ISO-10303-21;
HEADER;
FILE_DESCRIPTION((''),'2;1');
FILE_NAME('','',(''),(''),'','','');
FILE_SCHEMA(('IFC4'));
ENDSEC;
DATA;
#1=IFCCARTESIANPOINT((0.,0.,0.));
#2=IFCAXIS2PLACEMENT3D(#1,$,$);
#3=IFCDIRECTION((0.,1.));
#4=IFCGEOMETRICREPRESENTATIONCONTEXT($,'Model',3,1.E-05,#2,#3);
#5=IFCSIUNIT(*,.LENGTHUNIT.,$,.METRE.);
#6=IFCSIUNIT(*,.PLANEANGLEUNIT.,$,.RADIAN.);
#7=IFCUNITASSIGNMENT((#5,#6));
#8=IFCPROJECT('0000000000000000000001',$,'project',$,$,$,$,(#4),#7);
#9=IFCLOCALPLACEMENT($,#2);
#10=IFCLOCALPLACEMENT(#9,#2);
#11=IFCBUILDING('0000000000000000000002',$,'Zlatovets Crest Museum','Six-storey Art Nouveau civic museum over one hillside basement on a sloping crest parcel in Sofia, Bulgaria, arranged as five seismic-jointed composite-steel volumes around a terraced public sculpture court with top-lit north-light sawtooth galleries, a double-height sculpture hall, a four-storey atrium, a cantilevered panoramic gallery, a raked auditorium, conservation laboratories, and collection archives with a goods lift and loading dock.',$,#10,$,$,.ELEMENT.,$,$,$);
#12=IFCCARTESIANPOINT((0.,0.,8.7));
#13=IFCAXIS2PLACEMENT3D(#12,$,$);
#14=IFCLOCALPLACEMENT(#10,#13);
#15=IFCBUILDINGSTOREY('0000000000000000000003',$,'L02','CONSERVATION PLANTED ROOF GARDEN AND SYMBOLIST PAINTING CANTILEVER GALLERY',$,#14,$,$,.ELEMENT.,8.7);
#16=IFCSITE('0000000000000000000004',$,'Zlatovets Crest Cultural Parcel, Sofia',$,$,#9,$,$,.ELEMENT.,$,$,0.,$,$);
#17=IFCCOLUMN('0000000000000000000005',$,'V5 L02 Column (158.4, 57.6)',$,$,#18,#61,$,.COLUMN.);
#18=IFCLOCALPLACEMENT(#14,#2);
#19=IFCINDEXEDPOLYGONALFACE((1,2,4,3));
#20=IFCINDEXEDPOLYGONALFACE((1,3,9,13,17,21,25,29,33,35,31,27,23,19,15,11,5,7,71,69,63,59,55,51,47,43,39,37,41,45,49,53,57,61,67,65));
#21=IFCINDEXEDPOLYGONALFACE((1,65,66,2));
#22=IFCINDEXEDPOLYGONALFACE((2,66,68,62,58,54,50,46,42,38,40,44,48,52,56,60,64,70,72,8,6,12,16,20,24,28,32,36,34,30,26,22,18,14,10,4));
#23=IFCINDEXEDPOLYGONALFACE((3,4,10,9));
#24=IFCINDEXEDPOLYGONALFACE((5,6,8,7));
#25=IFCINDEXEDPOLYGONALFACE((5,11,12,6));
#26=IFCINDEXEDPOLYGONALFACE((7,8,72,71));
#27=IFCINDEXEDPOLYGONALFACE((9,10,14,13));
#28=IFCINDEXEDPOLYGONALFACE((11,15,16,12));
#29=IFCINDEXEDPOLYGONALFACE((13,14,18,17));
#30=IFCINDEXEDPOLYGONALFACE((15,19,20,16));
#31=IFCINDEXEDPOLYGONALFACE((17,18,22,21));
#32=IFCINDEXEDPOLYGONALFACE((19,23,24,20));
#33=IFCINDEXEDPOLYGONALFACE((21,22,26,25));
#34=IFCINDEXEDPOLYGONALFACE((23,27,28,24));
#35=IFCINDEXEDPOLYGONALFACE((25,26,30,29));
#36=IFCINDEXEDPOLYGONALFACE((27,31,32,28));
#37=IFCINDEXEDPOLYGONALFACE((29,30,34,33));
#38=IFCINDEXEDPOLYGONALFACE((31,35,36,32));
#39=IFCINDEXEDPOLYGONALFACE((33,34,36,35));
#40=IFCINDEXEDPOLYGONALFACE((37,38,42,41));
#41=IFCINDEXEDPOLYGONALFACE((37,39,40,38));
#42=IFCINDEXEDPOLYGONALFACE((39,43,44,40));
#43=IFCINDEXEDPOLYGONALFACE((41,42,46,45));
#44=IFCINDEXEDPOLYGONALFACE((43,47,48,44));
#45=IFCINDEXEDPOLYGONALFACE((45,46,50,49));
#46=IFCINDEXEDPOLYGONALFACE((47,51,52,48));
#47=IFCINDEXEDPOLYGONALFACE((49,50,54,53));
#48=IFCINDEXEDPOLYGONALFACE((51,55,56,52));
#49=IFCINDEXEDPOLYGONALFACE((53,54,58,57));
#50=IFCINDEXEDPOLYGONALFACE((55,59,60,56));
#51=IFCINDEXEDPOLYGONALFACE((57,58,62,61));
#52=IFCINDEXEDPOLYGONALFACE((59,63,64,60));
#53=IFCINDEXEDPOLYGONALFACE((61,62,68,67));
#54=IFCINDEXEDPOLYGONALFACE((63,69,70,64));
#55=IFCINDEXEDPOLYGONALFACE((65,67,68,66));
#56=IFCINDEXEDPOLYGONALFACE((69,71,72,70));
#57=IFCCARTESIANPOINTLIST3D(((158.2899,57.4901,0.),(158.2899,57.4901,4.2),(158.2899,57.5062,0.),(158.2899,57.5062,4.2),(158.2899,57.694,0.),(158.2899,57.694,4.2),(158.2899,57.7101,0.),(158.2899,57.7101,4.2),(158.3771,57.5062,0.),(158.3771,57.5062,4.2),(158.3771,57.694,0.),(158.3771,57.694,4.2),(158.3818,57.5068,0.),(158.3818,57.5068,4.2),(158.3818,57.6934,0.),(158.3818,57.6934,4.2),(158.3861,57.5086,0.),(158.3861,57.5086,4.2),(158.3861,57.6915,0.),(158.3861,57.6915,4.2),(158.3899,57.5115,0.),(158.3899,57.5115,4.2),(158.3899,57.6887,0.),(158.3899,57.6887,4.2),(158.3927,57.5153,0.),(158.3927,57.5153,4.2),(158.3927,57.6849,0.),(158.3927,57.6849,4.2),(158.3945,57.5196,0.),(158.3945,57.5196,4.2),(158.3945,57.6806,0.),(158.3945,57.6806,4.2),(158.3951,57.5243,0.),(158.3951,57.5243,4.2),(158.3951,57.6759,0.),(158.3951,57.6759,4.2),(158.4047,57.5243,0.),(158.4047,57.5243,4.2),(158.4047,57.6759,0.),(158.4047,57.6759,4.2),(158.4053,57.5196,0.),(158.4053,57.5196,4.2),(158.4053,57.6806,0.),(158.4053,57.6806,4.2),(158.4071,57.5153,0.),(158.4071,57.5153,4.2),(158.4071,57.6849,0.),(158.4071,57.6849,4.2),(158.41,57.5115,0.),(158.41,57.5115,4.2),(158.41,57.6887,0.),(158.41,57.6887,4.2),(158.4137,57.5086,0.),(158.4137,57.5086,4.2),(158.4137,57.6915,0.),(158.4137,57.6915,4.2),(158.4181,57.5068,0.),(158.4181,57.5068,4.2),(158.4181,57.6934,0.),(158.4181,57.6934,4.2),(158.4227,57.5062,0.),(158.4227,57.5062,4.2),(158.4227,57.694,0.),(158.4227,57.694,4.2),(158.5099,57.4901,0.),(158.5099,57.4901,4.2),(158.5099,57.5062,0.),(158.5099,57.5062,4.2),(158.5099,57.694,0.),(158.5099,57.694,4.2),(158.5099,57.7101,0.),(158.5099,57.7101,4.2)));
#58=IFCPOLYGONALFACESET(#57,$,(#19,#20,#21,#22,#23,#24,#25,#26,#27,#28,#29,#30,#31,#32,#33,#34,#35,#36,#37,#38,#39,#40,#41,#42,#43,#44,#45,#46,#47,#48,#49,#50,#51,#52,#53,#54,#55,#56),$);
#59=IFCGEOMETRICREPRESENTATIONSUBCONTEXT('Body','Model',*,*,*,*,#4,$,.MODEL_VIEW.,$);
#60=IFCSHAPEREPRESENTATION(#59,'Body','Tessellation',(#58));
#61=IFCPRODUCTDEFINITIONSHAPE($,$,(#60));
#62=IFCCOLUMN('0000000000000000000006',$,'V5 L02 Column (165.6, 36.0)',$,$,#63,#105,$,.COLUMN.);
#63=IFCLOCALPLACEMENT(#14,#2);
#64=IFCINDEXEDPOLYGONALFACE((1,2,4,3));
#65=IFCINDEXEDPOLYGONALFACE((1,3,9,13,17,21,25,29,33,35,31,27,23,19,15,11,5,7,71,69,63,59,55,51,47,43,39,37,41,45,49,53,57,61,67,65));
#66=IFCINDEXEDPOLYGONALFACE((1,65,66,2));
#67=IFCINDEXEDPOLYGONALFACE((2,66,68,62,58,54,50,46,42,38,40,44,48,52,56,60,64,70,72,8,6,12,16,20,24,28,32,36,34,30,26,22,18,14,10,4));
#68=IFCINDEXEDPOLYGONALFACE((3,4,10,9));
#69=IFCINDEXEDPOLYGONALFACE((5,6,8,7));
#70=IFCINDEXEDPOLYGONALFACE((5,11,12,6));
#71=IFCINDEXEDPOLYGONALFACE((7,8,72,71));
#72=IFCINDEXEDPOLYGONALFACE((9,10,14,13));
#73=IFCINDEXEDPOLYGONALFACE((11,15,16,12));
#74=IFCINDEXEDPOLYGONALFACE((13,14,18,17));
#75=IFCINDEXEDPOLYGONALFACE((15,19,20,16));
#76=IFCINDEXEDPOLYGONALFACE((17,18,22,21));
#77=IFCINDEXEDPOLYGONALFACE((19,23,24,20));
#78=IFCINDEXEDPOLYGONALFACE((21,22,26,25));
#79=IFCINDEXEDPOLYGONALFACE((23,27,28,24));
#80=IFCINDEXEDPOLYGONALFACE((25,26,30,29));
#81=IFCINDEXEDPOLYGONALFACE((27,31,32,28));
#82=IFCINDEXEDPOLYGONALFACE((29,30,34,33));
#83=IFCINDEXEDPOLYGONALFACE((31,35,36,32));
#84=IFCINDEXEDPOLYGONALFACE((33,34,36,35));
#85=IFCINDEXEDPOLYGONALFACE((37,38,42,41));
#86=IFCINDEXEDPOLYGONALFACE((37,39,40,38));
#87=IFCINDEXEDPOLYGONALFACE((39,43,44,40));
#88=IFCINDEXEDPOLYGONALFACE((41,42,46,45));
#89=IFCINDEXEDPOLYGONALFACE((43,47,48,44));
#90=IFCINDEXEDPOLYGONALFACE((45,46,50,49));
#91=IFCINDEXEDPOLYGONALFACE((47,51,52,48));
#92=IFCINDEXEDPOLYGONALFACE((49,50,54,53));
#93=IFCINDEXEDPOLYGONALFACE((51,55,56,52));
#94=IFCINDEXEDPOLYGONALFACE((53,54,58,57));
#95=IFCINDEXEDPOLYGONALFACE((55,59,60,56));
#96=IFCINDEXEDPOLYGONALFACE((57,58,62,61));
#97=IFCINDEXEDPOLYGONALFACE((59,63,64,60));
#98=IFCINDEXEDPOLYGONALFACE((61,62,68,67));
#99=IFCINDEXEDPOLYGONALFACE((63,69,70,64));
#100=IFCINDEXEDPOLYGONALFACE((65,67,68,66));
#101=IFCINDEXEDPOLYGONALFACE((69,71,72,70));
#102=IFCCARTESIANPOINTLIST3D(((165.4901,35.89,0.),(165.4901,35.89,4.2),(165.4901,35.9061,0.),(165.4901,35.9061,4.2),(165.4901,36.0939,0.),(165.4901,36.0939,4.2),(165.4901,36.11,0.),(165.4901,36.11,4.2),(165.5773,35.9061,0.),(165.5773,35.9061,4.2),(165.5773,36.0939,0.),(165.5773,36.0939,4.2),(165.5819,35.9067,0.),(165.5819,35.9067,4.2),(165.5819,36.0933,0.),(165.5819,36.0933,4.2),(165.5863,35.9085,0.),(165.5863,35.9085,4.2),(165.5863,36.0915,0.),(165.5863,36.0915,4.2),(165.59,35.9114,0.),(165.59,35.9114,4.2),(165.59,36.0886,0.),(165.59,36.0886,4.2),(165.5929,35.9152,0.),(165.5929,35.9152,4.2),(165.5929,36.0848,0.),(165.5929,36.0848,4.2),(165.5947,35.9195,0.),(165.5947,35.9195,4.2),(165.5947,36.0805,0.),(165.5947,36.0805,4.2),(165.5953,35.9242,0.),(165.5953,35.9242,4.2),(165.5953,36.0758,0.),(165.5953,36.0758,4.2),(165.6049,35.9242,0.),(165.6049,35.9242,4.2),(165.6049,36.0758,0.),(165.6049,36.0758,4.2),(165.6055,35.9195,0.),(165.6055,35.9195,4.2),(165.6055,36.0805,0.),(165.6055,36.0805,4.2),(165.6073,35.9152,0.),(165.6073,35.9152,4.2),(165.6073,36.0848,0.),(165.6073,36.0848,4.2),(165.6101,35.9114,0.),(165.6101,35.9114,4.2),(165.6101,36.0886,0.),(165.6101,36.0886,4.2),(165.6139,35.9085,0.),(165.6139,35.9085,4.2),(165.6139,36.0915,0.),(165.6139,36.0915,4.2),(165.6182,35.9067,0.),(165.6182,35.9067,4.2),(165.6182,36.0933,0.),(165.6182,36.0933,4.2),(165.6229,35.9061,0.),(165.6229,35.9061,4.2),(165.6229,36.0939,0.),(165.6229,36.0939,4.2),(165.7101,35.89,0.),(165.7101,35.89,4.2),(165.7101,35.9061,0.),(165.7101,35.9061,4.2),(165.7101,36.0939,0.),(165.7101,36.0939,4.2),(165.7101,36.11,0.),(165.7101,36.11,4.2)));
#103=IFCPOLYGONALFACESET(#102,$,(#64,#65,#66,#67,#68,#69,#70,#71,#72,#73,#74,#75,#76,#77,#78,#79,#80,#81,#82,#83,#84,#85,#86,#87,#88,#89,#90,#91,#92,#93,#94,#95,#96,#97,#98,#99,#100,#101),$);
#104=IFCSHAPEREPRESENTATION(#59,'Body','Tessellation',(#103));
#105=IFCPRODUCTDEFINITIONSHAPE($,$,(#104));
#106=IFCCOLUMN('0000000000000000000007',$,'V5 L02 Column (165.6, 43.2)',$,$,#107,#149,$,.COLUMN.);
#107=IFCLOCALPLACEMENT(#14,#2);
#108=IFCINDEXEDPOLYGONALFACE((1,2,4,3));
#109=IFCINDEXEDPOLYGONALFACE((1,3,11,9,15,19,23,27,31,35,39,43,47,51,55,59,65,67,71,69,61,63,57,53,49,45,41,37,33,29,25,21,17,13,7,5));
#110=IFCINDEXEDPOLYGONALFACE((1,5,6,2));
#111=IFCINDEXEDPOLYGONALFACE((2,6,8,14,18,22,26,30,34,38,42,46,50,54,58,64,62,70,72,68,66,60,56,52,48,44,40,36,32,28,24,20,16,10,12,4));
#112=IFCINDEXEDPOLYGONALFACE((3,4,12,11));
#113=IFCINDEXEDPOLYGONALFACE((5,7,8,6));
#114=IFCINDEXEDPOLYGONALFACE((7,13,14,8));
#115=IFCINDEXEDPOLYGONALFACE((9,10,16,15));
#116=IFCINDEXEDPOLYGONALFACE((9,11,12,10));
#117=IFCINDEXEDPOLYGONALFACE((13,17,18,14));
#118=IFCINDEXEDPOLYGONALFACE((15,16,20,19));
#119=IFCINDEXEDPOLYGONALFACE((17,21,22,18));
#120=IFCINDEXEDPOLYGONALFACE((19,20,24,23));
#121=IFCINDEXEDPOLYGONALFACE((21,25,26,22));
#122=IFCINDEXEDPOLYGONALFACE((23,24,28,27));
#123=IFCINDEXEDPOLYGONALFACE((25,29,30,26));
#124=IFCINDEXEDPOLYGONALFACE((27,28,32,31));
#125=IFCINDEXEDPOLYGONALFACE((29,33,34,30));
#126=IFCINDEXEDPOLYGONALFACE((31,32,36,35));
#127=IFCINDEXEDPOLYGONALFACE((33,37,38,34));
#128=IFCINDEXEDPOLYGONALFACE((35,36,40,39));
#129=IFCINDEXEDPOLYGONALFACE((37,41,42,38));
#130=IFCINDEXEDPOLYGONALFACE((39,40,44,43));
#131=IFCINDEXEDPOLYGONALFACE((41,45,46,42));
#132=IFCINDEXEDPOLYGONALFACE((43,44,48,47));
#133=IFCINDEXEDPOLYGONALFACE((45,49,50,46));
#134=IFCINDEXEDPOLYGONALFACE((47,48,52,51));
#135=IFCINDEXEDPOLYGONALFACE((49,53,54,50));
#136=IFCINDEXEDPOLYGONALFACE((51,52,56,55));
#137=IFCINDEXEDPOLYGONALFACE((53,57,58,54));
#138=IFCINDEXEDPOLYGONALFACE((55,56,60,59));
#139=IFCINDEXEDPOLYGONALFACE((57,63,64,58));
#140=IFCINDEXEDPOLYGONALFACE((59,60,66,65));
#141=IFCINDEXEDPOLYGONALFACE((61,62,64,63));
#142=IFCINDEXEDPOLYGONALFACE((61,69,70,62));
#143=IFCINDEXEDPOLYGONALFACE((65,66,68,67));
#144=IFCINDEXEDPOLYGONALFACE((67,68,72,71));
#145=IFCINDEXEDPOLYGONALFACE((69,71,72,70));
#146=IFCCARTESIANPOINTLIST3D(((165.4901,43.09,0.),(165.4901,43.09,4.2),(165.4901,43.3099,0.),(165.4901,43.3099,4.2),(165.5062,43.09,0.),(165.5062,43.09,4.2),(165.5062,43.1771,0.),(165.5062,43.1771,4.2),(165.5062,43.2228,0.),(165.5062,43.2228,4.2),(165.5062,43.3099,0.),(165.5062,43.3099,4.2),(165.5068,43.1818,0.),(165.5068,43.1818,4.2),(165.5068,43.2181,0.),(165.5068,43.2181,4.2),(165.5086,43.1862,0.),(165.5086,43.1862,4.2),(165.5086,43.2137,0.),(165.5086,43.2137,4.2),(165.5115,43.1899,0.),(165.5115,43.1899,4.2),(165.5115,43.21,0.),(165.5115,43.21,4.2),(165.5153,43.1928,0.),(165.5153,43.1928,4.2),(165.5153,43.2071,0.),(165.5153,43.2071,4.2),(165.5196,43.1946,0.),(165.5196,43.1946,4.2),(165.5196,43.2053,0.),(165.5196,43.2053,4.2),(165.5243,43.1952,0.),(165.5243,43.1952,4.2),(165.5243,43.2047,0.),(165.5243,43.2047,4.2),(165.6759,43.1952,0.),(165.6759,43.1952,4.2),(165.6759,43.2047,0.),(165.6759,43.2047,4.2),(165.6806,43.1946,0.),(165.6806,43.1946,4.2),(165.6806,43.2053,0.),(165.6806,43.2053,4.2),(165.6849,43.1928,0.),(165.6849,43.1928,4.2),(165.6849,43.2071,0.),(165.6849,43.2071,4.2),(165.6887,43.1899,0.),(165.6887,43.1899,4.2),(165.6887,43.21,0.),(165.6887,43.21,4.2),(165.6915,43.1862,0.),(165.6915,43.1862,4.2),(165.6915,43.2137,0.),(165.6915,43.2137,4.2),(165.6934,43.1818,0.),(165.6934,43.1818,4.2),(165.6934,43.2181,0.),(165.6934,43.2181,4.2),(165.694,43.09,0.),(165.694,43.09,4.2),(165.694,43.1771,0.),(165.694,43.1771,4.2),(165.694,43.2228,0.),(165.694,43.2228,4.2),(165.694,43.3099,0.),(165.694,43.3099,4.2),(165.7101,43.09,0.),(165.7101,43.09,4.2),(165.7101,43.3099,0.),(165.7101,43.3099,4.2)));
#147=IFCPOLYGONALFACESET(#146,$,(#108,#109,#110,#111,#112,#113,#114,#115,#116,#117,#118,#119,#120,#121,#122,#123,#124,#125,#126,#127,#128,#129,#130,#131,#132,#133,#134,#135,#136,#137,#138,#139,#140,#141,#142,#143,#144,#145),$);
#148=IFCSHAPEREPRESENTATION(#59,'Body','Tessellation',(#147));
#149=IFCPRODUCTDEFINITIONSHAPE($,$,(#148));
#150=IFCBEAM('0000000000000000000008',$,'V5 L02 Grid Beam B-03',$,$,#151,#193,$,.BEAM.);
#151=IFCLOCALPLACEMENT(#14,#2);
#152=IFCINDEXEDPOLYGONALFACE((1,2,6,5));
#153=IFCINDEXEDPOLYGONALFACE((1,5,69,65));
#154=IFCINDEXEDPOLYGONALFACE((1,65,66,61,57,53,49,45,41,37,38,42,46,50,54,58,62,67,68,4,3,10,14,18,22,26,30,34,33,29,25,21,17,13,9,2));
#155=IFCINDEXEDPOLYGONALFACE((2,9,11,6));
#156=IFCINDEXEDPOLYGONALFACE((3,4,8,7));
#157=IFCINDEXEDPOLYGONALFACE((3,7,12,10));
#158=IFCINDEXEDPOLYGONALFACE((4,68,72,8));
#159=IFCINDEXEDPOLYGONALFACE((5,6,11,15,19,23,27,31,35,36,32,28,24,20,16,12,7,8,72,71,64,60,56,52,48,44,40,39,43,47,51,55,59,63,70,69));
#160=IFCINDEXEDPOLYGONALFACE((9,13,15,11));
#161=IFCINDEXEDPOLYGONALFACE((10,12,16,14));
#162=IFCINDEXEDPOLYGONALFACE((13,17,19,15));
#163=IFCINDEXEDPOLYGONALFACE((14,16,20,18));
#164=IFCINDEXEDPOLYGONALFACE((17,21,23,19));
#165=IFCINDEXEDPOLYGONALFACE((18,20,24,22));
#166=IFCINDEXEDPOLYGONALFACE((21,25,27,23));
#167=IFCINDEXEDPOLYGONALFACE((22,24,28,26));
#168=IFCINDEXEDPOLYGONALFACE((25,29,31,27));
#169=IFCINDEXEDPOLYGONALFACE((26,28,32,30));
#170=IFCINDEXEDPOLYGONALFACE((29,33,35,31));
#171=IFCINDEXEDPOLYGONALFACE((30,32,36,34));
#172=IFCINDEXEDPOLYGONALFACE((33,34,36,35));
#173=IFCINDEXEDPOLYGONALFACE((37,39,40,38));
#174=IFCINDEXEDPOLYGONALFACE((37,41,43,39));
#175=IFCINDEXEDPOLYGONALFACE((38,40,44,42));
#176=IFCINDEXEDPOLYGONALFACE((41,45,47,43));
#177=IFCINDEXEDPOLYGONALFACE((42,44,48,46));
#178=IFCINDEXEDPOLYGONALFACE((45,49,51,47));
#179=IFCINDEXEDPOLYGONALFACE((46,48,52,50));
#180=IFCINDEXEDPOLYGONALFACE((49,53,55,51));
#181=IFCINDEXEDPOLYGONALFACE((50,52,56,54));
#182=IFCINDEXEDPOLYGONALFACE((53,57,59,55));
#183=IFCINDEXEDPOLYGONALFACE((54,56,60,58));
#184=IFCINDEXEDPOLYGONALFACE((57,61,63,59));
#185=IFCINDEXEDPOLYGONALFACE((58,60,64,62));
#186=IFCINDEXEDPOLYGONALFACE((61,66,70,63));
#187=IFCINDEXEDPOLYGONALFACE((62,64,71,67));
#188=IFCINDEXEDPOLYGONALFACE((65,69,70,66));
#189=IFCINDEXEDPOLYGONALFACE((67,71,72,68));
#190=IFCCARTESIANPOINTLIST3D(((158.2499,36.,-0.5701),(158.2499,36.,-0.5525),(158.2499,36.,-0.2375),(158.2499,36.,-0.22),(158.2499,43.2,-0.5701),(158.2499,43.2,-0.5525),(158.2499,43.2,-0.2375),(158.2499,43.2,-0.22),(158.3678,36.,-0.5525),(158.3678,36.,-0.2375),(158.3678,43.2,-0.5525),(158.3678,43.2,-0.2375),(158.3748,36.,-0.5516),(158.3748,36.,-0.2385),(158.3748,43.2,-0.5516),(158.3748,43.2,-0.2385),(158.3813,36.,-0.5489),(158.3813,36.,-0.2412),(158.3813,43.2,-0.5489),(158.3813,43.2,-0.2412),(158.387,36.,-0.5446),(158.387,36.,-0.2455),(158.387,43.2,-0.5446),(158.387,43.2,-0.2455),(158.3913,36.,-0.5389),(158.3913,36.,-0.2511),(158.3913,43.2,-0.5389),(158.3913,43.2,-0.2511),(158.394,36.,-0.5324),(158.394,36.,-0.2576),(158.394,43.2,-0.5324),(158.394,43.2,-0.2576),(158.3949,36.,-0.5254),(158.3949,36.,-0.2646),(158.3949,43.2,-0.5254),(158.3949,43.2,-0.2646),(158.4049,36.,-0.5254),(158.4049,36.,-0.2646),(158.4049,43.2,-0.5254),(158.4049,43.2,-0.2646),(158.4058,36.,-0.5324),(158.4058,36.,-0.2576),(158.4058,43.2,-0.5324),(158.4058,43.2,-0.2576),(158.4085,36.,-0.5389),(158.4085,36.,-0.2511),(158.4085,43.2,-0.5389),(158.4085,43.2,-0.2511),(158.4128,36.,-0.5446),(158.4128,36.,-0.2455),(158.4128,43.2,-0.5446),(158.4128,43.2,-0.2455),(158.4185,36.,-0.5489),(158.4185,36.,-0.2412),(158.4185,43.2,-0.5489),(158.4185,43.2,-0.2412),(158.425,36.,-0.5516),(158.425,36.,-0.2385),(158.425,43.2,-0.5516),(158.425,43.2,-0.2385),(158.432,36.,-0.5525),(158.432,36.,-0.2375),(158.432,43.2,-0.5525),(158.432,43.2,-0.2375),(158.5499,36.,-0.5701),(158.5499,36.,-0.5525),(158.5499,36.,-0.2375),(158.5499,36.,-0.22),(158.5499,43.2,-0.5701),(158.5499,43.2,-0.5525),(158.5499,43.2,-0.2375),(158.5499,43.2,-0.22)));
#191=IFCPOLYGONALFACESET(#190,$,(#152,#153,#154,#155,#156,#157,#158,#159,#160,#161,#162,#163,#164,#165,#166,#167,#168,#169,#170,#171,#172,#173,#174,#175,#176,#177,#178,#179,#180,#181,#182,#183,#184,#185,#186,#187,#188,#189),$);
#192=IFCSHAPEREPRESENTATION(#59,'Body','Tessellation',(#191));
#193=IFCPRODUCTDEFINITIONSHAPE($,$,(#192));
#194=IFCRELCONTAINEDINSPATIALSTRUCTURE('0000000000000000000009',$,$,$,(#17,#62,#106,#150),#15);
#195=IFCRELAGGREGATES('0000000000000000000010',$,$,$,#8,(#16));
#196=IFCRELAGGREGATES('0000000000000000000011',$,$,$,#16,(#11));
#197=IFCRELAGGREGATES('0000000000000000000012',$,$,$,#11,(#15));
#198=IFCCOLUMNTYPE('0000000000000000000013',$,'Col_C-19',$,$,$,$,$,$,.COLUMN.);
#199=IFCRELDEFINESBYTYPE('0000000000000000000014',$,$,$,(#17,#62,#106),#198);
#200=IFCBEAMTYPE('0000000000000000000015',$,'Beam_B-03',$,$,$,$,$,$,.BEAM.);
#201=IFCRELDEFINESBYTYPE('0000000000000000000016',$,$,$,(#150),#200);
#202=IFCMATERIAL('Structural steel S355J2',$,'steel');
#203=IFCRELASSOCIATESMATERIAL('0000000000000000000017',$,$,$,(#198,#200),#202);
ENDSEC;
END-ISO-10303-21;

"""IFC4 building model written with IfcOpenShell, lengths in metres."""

from ifc_helpers import new_model, si_unit, direction, frame, origin, origin_2d, place, context, subcontext, project, spatial, i_section, extrude, material, material_profile, profile_set, type_object, element, save


model = new_model("IFC4")

# Units and contexts
model_context = context("Model", 3, precision=1e-05, world=origin(), true_north=direction((0.0, 1.0)))
body_context = subcontext(model_context, "Body", "Model", "MODEL_VIEW")
ifc_project = project(units=[si_unit("LENGTHUNIT", "METRE"), si_unit("PLANEANGLEUNIT", "RADIAN")], contexts=[model_context])

# Site, building, storey
site_placement = place(None, origin())
site = spatial("IfcSite", under=ifc_project, at=site_placement, Name="Zlatovets Crest Cultural Parcel, Sofia", CompositionType="ELEMENT", RefElevation=0.0)
building_placement = place(site_placement, origin())
building = spatial("IfcBuilding", under=site, at=building_placement, Name="Zlatovets Crest Museum", Description="Six-storey Art Nouveau civic museum over one hillside basement on a sloping crest parcel in Sofia, Bulgaria, arranged as five seismic-jointed composite-steel volumes around a terraced public sculpture court with top-lit north-light sawtooth galleries, a double-height sculpture hall, a four-storey atrium, a cantilevered panoramic gallery, a raked auditorium, conservation laboratories, and collection archives with a goods lift and loading dock.", CompositionType="ELEMENT")
storey_placement = place(building_placement, frame((0.0, 0.0, 8.7)))
storey = spatial("IfcBuildingStorey", under=building, at=storey_placement, Name="L02", Description="CONSERVATION PLANTED ROOF GARDEN AND SYMBOLIST PAINTING CANTILEVER GALLERY", CompositionType="ELEMENT", Elevation=8.7)

# Columns
ifc_material_1 = material(Name="Structural steel S355J2", Category="steel")
ifc_material_profile_1 = material_profile(ifc_material_1, i_section(OverallWidth=0.22, OverallDepth=0.22, WebThickness=0.0095, FlangeThickness=0.0161, FilletRadius=0.0181, at=origin_2d()), Name="HEB 220")
ifc_profile_set_1 = profile_set([ifc_material_profile_1], Name="Structural steel S355J2")
column_type = type_object("IfcColumnType", Name="Col_C-19", PredefinedType="COLUMN", material=ifc_profile_set_1)
for number, where, z_axis, x_axis, name in (
    (1, (158.3999, 57.6001, 0.0), (0.0, 0.0, 1.0), (1.0, 0.0, 0.0), "V5 L02 Column (158.4, 57.6)"),
    (2, (165.6001, 36.0, 0.0), (0.0, 0.0, 1.0), (1.0, 0.0, 0.0), "V5 L02 Column (165.6, 36.0)"),
    (3, (165.6001, 43.2, 0.0), (0.0, 0.0, 1.0), (0.0, 1.0, 0.0), "V5 L02 Column (165.6, 43.2)"),
):
    element("IfcColumn", number, at=place(storey_placement, frame(where, z_axis=z_axis, x_axis=x_axis)), inside=storey, type_object=column_type, Name=name, PredefinedType="COLUMN", context=body_context, shape_type="SweptSolid", body=[
        extrude(i_section(OverallWidth=0.22, OverallDepth=0.22, WebThickness=0.0095, FlangeThickness=0.0161, FilletRadius=0.0181, at=origin_2d()), origin(), (0.0, 0.0, 1.0), 4.2),
    ])

# Beam
ifc_material_profile_2 = material_profile(ifc_material_1, i_section(OverallWidth=0.3, OverallDepth=0.3501, WebThickness=0.01, FlangeThickness=0.0176, FilletRadius=0.0271, at=origin_2d()), Name="HEA 360")
ifc_profile_set_2 = profile_set([ifc_material_profile_2], Name="Structural steel S355J2")
beam_type_1 = type_object("IfcBeamType", Name="Beam_B-03", PredefinedType="BEAM", material=ifc_profile_set_2)
for number, where, z_axis, x_axis, name in (
    (4, (158.3999, 36.0, -0.395), (0.0, 1.0, 0.0), (-1.0, 0.0, 0.0), "V5 L02 Grid Beam B-03"),
):
    element("IfcBeam", number, at=place(storey_placement, frame(where, z_axis=z_axis, x_axis=x_axis)), inside=storey, type_object=beam_type_1, Name=name, PredefinedType="BEAM", context=body_context, shape_type="SweptSolid", body=[
        extrude(i_section(OverallWidth=0.3, OverallDepth=0.3501, WebThickness=0.01, FlangeThickness=0.0176, FilletRadius=0.0271, at=origin_2d()), origin(), (0.0, 0.0, 1.0), 7.2),
    ])

save(model, "model.ifc")
